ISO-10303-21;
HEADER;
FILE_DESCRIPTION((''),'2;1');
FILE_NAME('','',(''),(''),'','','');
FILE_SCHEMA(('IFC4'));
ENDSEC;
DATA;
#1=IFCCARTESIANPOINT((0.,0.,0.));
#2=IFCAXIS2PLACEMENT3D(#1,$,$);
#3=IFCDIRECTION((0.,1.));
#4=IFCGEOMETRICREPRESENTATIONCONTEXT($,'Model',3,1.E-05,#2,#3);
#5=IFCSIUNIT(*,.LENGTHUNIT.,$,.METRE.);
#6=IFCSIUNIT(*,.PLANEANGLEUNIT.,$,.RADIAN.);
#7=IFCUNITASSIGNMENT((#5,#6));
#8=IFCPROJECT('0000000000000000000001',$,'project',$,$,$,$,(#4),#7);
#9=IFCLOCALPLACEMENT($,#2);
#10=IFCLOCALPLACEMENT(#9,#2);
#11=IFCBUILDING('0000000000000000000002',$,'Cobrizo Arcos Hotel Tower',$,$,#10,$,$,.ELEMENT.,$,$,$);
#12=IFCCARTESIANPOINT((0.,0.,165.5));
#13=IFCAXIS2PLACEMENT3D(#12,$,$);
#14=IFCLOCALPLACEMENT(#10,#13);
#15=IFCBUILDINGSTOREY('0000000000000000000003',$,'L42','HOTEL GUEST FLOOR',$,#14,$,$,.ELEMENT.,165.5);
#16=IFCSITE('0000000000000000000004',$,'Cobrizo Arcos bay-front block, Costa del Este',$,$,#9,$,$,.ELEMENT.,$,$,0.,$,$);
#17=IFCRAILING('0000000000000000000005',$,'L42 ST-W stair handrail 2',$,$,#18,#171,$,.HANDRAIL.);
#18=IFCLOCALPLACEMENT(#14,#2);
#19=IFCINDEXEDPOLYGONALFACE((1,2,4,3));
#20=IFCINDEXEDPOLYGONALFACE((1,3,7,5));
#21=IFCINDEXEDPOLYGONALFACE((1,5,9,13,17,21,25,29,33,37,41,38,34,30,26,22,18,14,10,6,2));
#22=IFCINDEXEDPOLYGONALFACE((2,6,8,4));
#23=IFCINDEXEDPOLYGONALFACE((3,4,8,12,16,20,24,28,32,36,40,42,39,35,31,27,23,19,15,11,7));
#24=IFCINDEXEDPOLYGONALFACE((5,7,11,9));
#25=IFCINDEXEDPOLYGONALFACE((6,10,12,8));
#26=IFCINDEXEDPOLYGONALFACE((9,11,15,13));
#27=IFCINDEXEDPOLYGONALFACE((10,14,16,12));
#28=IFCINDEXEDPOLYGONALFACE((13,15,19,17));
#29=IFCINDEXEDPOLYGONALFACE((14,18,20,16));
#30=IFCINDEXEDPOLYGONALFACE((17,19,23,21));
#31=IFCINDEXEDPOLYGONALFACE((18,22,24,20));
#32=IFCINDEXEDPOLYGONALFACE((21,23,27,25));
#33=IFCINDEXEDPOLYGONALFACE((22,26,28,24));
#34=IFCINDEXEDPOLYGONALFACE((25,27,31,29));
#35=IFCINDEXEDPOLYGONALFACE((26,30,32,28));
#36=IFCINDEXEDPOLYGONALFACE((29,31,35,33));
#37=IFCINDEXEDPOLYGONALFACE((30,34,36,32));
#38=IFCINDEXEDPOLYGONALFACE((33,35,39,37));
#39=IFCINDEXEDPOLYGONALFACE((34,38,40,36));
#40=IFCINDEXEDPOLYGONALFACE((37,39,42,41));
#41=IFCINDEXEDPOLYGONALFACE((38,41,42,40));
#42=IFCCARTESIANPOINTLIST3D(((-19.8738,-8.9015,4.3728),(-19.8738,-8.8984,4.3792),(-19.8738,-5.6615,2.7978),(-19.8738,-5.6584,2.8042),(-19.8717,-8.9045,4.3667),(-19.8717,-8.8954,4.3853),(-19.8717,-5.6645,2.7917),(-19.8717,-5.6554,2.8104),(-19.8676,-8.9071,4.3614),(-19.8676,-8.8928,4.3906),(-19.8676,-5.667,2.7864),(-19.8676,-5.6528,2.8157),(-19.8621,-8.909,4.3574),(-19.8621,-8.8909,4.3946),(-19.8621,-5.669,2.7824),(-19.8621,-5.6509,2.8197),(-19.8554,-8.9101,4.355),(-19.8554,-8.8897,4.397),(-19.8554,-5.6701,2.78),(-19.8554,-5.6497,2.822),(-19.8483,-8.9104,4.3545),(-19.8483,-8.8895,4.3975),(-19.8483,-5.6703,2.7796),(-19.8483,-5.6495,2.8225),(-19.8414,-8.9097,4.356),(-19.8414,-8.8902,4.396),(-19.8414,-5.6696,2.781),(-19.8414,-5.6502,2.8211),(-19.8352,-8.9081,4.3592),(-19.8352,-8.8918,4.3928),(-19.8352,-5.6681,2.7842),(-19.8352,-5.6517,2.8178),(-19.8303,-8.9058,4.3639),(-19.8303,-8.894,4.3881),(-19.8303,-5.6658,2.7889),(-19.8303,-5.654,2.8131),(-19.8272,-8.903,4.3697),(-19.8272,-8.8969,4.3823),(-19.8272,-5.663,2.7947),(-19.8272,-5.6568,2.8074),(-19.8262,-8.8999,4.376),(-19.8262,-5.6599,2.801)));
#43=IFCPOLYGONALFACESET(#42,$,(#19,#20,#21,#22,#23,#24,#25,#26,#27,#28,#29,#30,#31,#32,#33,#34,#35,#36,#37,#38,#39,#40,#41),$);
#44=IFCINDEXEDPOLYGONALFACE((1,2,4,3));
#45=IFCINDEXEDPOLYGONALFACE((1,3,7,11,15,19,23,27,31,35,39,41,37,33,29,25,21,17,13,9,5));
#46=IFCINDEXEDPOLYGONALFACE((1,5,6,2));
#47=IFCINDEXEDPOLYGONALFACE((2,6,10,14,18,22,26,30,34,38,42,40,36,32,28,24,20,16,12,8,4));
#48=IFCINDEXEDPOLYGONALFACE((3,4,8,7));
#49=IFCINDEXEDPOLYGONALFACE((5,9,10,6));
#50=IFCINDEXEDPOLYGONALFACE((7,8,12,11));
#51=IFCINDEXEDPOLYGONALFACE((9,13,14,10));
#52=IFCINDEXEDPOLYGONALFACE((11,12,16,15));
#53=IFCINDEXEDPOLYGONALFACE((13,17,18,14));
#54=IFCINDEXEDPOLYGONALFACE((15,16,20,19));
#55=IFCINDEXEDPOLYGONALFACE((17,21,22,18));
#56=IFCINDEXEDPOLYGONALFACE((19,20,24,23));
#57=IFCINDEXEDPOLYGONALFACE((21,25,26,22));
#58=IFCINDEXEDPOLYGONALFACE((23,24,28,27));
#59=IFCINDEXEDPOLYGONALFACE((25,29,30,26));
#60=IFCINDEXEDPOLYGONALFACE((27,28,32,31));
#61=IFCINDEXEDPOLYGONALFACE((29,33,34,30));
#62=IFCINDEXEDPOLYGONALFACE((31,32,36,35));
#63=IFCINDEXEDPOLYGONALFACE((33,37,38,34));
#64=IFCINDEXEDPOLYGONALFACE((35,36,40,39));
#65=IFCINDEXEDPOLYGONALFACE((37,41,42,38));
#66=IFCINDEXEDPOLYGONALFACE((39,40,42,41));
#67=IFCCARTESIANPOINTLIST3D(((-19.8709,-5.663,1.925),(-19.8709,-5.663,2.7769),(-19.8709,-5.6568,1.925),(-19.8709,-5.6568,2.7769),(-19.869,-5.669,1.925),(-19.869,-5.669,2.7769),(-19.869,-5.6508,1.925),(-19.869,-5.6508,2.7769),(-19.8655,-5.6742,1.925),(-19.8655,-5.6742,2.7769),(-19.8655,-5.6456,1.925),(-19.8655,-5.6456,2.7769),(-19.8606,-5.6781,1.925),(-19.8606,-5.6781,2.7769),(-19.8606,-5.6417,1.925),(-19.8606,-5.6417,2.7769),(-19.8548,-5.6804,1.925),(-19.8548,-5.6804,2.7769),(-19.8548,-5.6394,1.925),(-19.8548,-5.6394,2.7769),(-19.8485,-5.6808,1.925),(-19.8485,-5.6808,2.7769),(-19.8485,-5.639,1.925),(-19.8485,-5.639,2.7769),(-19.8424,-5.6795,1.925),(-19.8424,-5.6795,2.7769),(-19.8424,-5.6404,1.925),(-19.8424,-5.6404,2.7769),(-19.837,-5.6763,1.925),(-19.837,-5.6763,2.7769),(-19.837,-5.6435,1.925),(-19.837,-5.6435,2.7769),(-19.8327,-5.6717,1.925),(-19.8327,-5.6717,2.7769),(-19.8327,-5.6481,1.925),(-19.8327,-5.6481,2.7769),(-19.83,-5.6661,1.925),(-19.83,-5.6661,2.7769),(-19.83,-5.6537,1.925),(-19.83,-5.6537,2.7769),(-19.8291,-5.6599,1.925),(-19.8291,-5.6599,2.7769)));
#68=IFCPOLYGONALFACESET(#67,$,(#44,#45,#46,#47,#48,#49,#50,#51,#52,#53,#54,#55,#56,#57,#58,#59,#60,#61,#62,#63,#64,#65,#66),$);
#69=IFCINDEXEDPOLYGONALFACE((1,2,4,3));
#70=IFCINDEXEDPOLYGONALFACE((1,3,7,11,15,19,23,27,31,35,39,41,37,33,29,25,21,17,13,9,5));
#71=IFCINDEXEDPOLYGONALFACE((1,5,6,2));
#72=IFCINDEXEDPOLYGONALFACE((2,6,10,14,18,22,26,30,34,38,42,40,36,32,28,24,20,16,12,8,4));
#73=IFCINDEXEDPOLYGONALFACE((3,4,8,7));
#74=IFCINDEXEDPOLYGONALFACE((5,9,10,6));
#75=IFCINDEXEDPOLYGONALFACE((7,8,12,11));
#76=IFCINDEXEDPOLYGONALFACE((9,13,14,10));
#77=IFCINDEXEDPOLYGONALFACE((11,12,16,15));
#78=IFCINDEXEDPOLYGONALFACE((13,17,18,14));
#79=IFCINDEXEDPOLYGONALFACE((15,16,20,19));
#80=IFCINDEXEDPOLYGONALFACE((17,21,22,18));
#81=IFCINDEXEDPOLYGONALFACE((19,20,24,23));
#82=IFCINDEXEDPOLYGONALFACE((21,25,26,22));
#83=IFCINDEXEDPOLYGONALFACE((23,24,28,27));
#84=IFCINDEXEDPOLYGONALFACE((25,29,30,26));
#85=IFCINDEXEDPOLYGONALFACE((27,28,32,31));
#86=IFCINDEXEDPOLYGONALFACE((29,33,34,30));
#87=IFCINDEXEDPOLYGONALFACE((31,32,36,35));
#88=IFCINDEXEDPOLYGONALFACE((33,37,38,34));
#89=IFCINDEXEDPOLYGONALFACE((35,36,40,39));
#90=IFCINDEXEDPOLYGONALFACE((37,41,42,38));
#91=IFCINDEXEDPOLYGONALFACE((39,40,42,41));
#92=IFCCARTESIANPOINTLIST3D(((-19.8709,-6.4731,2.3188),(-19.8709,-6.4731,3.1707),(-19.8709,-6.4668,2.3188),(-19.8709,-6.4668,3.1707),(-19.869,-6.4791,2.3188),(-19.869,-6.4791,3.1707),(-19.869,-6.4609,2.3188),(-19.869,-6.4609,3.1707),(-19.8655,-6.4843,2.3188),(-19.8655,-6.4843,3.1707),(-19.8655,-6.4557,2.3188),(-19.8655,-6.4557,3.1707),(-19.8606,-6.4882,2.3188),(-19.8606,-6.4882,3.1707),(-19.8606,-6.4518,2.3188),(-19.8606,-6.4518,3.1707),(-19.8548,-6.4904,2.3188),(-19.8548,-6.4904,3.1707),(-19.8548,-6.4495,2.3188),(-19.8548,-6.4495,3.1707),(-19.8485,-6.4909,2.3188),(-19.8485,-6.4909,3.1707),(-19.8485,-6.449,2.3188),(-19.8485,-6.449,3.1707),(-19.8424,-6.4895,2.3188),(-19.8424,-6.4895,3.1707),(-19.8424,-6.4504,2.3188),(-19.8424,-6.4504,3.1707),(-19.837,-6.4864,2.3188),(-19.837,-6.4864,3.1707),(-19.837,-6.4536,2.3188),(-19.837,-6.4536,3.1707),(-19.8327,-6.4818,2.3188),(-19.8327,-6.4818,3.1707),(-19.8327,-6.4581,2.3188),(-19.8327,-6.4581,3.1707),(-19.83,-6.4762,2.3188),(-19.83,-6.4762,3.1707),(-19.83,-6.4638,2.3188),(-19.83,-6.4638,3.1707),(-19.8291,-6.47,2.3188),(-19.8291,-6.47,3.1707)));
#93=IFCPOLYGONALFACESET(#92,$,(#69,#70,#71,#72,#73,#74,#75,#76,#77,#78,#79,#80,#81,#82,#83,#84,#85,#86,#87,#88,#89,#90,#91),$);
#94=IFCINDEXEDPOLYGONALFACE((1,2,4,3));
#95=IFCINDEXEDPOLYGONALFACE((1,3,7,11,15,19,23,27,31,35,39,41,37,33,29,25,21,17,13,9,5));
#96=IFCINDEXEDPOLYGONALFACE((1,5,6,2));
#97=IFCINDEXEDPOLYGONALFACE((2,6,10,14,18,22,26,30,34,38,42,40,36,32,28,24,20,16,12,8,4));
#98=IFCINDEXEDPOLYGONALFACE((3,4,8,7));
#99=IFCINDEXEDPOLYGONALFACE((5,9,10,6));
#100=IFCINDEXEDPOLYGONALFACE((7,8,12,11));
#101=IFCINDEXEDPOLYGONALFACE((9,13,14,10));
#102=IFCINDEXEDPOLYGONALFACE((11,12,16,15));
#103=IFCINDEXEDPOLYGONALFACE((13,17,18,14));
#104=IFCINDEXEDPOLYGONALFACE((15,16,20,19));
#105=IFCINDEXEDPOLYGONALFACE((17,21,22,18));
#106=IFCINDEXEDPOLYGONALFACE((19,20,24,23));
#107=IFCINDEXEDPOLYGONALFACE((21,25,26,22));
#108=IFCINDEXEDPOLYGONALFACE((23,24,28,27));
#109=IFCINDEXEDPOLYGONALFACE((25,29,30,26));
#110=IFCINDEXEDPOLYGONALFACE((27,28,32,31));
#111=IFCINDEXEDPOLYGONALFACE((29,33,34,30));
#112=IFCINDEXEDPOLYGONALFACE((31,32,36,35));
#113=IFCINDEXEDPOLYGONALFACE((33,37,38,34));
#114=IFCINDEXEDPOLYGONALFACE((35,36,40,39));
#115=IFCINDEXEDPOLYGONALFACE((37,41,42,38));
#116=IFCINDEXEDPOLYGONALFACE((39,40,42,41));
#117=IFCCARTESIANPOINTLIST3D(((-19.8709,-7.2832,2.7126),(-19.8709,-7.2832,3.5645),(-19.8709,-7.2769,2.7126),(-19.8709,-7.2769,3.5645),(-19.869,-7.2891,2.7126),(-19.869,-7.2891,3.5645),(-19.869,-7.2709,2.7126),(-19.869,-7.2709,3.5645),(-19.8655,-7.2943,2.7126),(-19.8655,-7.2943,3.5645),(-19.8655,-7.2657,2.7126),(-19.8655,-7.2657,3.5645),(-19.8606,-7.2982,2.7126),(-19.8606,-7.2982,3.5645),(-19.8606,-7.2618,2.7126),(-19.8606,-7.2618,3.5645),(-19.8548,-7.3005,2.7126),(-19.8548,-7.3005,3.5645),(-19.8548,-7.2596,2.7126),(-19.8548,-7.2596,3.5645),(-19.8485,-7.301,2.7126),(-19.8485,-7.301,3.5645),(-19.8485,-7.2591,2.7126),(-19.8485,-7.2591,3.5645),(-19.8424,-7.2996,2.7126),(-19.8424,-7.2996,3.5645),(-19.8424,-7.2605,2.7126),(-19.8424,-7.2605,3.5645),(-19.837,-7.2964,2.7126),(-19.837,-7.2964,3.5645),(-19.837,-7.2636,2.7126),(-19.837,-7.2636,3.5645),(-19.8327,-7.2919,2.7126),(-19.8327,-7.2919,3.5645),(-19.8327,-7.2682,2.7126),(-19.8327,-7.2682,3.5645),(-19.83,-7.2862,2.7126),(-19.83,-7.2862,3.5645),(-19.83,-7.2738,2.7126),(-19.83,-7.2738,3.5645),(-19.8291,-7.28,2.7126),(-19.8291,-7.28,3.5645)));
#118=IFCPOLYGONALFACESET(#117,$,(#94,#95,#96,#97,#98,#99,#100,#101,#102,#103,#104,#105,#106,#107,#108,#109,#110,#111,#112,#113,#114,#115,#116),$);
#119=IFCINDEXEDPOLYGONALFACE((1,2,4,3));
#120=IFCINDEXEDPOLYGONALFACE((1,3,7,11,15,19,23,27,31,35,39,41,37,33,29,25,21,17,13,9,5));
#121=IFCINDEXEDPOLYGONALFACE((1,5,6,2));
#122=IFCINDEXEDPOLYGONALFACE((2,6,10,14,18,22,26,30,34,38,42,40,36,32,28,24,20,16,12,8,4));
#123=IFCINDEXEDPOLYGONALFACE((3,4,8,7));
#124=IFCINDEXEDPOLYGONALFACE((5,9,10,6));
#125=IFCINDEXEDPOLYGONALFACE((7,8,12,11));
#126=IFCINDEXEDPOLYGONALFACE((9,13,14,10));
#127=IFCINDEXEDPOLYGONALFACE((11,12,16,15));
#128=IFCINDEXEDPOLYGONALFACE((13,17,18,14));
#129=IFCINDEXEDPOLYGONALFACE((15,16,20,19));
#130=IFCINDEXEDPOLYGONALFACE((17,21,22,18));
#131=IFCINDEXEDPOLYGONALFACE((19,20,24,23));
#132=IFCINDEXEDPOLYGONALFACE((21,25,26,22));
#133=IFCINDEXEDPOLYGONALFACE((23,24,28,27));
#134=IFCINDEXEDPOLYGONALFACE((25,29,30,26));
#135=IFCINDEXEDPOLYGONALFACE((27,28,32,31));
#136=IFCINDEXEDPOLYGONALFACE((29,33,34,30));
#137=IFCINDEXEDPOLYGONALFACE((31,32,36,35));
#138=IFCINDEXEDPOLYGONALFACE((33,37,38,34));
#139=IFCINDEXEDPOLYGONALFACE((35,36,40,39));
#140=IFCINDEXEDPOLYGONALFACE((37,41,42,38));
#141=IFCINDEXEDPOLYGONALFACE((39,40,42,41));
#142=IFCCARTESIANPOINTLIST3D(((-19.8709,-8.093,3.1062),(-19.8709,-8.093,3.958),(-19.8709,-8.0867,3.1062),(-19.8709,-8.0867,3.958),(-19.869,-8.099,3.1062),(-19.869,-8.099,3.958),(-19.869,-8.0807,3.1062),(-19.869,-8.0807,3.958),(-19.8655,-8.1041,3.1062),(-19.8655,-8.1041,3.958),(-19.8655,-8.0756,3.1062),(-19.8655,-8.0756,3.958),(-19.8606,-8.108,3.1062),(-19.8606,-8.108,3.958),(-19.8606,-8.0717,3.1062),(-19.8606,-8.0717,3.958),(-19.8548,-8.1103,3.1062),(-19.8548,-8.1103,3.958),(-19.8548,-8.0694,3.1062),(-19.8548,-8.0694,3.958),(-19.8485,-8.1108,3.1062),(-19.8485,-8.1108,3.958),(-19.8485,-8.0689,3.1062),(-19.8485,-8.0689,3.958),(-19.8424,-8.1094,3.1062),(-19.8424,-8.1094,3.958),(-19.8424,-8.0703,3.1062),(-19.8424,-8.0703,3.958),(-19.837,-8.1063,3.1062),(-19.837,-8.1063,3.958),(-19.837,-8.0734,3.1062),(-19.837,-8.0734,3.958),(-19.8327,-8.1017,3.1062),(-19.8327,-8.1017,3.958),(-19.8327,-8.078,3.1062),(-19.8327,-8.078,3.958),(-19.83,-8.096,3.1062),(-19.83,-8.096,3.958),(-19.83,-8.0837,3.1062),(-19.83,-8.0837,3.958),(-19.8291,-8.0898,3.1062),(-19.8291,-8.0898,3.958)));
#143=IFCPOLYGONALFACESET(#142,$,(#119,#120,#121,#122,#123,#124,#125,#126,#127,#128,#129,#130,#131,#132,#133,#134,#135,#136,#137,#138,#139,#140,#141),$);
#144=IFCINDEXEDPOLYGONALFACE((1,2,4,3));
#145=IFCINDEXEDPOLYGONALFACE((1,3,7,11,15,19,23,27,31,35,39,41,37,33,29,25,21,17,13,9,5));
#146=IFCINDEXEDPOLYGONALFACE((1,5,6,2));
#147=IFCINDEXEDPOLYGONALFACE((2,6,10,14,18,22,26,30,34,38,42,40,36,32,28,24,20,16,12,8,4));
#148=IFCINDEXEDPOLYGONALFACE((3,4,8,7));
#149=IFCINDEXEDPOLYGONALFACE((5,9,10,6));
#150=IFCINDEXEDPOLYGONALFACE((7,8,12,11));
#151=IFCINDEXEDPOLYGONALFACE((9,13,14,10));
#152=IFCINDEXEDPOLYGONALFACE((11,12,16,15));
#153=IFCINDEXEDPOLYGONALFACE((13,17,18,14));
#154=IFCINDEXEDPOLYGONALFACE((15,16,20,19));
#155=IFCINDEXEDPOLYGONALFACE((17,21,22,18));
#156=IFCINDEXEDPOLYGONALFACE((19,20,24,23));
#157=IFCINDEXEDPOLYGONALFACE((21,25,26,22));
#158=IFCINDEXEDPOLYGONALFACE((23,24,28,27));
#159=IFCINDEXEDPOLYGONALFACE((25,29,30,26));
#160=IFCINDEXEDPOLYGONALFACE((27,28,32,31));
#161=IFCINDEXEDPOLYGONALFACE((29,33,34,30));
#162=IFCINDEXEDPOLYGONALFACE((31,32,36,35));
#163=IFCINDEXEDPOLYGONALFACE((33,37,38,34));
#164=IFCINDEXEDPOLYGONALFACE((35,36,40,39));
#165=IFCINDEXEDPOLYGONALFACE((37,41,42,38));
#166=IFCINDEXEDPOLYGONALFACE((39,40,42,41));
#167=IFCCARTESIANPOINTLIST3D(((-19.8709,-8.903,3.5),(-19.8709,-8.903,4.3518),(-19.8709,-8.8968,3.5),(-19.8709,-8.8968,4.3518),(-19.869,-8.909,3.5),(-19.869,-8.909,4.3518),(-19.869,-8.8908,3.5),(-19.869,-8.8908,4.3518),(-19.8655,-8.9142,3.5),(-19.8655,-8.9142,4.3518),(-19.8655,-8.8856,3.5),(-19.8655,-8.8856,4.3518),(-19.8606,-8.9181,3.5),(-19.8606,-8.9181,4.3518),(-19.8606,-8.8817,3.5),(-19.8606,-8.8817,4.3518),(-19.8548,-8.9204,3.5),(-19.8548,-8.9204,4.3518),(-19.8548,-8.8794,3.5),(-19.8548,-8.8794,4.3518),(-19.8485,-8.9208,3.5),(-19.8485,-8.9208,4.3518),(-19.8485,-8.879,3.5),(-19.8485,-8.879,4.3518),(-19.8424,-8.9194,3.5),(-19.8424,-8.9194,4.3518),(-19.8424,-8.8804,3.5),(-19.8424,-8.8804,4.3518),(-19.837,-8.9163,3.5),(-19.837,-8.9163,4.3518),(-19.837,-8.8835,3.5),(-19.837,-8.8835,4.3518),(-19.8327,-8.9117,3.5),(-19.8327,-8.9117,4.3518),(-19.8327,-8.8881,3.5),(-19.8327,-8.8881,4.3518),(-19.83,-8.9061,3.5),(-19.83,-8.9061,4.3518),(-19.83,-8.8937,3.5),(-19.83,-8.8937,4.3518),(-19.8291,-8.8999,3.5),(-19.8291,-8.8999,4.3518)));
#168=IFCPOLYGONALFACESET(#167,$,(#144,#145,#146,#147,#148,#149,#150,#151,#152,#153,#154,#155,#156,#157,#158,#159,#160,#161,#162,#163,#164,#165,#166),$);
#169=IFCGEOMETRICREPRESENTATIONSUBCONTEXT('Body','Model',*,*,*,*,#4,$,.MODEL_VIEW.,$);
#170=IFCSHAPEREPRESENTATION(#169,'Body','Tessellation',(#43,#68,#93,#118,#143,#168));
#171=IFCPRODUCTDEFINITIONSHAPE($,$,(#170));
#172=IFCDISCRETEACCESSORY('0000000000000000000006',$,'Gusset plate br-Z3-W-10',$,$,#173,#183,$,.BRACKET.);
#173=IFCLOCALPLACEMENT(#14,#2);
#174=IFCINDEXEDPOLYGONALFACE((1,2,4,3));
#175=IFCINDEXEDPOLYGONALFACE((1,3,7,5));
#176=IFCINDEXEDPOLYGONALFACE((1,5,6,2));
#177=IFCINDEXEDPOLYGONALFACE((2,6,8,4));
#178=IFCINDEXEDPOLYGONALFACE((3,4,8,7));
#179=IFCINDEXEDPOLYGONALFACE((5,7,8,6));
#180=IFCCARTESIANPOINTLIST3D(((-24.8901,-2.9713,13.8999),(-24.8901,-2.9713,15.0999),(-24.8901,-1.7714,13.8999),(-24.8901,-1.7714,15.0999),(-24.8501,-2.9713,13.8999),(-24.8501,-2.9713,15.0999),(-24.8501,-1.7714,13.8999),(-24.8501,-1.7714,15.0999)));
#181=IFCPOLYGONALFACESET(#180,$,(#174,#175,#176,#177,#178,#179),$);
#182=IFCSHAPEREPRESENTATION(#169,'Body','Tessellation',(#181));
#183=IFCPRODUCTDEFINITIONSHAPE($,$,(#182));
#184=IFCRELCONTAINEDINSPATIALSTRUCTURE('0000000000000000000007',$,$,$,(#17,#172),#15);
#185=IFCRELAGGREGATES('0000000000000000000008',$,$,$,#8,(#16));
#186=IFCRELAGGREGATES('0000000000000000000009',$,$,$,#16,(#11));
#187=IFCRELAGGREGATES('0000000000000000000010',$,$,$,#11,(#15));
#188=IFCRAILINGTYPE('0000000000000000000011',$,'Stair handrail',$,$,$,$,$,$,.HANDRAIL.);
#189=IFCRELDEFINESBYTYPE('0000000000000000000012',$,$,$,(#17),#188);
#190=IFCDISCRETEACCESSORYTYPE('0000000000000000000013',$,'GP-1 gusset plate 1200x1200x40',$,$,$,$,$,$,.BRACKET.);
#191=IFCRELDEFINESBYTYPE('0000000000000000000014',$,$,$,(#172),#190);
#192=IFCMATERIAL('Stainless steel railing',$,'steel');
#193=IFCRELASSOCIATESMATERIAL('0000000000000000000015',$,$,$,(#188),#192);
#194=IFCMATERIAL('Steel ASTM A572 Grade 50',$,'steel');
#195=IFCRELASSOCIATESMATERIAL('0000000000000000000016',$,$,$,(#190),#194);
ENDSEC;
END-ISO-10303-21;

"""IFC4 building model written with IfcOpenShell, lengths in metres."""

from ifc_helpers import new_model, si_unit, direction, frame, origin, origin_2d, place, context, subcontext, project, spatial, rectangle, circle, extrude, material, type_object, element, save


model = new_model("IFC4")

# Units and contexts
model_context = context("Model", 3, precision=1e-05, world=origin(), true_north=direction((0.0, 1.0)))
body_context = subcontext(model_context, "Body", "Model", "MODEL_VIEW")
ifc_project = project(units=[si_unit("LENGTHUNIT", "METRE"), si_unit("PLANEANGLEUNIT", "RADIAN")], contexts=[model_context])

# Site, building, storey
site_placement = place(None, origin())
site = spatial("IfcSite", under=ifc_project, at=site_placement, Name="Cobrizo Arcos bay-front block, Costa del Este", CompositionType="ELEMENT", RefElevation=0.0)
building_placement = place(site_placement, origin())
building = spatial("IfcBuilding", under=site, at=building_placement, Name="Cobrizo Arcos Hotel Tower", CompositionType="ELEMENT")
storey_placement = place(building_placement, frame((0.0, 0.0, 165.5)))
storey = spatial("IfcBuildingStorey", under=building, at=storey_placement, Name="L42", Description="HOTEL GUEST FLOOR", CompositionType="ELEMENT", Elevation=165.5)

# Shared definitions
ifc_material_1 = material(Name="Steel ASTM A572 Grade 50", Category="steel")

# Railing
ifc_material_2 = material(Name="Stainless steel railing", Category="steel")
railing_type_1 = type_object("IfcRailingType", Name="Stair handrail", PredefinedType="HANDRAIL", material=ifc_material_2)
railing_1_placement = place(storey_placement, frame((-19.8501, -5.6599, 1.925)))
element("IfcRailing", 1, at=railing_1_placement, inside=storey, type_object=railing_type_1, Name="L42 ST-W stair handrail 2", PredefinedType="HANDRAIL", context=body_context, shape_type="SweptSolid", body=[
    extrude(circle(Radius=0.0239, at=origin_2d()), frame((0.0, 0.0, 0.876), z_axis=(0.0, -0.899373, 0.437183), x_axis=(1.0, 0.0, 0.0)), (0.0, 0.0, 1.0), 3.6025),
    extrude(circle(Radius=0.021, at=origin_2d()), origin(), (0.0, 0.0, 1.0), 0.8518),
    extrude(circle(Radius=0.021, at=origin_2d()), frame((0.0, -0.8101, 0.3938)), (0.0, 0.0, 1.0), 0.8518),
    extrude(circle(Radius=0.021, at=origin_2d()), frame((0.0, -1.6201, 0.7876)), (0.0, 0.0, 1.0), 0.8518),
    extrude(circle(Radius=0.021, at=origin_2d()), frame((0.0, -2.4299, 1.1812)), (0.0, 0.0, 1.0), 0.8518),
    extrude(circle(Radius=0.021, at=origin_2d()), frame((0.0, -3.24, 1.575)), (0.0, 0.0, 1.0), 0.8518),
])

# Discrete accessory
discrete_accessory_type = type_object("IfcDiscreteAccessoryType", Name="GP-1 gusset plate 1200x1200x40", PredefinedType="BRACKET", material=ifc_material_1)
discrete_accessory_placement = place(storey_placement, frame((-24.8701, -2.3713, 13.8999), z_axis=(0.0, 0.0, 1.0), x_axis=(1.0, 0.0, 0.0)))
element("IfcDiscreteAccessory", 2, at=discrete_accessory_placement, inside=storey, type_object=discrete_accessory_type, Name="Gusset plate br-Z3-W-10", PredefinedType="BRACKET", context=body_context, shape_type="SweptSolid", body=[
    extrude(rectangle(XDim=0.04, YDim=1.2, at=origin_2d()), origin(), (0.0, 0.0, 1.0), 1.2),
])

save(model, "model.ifc")
